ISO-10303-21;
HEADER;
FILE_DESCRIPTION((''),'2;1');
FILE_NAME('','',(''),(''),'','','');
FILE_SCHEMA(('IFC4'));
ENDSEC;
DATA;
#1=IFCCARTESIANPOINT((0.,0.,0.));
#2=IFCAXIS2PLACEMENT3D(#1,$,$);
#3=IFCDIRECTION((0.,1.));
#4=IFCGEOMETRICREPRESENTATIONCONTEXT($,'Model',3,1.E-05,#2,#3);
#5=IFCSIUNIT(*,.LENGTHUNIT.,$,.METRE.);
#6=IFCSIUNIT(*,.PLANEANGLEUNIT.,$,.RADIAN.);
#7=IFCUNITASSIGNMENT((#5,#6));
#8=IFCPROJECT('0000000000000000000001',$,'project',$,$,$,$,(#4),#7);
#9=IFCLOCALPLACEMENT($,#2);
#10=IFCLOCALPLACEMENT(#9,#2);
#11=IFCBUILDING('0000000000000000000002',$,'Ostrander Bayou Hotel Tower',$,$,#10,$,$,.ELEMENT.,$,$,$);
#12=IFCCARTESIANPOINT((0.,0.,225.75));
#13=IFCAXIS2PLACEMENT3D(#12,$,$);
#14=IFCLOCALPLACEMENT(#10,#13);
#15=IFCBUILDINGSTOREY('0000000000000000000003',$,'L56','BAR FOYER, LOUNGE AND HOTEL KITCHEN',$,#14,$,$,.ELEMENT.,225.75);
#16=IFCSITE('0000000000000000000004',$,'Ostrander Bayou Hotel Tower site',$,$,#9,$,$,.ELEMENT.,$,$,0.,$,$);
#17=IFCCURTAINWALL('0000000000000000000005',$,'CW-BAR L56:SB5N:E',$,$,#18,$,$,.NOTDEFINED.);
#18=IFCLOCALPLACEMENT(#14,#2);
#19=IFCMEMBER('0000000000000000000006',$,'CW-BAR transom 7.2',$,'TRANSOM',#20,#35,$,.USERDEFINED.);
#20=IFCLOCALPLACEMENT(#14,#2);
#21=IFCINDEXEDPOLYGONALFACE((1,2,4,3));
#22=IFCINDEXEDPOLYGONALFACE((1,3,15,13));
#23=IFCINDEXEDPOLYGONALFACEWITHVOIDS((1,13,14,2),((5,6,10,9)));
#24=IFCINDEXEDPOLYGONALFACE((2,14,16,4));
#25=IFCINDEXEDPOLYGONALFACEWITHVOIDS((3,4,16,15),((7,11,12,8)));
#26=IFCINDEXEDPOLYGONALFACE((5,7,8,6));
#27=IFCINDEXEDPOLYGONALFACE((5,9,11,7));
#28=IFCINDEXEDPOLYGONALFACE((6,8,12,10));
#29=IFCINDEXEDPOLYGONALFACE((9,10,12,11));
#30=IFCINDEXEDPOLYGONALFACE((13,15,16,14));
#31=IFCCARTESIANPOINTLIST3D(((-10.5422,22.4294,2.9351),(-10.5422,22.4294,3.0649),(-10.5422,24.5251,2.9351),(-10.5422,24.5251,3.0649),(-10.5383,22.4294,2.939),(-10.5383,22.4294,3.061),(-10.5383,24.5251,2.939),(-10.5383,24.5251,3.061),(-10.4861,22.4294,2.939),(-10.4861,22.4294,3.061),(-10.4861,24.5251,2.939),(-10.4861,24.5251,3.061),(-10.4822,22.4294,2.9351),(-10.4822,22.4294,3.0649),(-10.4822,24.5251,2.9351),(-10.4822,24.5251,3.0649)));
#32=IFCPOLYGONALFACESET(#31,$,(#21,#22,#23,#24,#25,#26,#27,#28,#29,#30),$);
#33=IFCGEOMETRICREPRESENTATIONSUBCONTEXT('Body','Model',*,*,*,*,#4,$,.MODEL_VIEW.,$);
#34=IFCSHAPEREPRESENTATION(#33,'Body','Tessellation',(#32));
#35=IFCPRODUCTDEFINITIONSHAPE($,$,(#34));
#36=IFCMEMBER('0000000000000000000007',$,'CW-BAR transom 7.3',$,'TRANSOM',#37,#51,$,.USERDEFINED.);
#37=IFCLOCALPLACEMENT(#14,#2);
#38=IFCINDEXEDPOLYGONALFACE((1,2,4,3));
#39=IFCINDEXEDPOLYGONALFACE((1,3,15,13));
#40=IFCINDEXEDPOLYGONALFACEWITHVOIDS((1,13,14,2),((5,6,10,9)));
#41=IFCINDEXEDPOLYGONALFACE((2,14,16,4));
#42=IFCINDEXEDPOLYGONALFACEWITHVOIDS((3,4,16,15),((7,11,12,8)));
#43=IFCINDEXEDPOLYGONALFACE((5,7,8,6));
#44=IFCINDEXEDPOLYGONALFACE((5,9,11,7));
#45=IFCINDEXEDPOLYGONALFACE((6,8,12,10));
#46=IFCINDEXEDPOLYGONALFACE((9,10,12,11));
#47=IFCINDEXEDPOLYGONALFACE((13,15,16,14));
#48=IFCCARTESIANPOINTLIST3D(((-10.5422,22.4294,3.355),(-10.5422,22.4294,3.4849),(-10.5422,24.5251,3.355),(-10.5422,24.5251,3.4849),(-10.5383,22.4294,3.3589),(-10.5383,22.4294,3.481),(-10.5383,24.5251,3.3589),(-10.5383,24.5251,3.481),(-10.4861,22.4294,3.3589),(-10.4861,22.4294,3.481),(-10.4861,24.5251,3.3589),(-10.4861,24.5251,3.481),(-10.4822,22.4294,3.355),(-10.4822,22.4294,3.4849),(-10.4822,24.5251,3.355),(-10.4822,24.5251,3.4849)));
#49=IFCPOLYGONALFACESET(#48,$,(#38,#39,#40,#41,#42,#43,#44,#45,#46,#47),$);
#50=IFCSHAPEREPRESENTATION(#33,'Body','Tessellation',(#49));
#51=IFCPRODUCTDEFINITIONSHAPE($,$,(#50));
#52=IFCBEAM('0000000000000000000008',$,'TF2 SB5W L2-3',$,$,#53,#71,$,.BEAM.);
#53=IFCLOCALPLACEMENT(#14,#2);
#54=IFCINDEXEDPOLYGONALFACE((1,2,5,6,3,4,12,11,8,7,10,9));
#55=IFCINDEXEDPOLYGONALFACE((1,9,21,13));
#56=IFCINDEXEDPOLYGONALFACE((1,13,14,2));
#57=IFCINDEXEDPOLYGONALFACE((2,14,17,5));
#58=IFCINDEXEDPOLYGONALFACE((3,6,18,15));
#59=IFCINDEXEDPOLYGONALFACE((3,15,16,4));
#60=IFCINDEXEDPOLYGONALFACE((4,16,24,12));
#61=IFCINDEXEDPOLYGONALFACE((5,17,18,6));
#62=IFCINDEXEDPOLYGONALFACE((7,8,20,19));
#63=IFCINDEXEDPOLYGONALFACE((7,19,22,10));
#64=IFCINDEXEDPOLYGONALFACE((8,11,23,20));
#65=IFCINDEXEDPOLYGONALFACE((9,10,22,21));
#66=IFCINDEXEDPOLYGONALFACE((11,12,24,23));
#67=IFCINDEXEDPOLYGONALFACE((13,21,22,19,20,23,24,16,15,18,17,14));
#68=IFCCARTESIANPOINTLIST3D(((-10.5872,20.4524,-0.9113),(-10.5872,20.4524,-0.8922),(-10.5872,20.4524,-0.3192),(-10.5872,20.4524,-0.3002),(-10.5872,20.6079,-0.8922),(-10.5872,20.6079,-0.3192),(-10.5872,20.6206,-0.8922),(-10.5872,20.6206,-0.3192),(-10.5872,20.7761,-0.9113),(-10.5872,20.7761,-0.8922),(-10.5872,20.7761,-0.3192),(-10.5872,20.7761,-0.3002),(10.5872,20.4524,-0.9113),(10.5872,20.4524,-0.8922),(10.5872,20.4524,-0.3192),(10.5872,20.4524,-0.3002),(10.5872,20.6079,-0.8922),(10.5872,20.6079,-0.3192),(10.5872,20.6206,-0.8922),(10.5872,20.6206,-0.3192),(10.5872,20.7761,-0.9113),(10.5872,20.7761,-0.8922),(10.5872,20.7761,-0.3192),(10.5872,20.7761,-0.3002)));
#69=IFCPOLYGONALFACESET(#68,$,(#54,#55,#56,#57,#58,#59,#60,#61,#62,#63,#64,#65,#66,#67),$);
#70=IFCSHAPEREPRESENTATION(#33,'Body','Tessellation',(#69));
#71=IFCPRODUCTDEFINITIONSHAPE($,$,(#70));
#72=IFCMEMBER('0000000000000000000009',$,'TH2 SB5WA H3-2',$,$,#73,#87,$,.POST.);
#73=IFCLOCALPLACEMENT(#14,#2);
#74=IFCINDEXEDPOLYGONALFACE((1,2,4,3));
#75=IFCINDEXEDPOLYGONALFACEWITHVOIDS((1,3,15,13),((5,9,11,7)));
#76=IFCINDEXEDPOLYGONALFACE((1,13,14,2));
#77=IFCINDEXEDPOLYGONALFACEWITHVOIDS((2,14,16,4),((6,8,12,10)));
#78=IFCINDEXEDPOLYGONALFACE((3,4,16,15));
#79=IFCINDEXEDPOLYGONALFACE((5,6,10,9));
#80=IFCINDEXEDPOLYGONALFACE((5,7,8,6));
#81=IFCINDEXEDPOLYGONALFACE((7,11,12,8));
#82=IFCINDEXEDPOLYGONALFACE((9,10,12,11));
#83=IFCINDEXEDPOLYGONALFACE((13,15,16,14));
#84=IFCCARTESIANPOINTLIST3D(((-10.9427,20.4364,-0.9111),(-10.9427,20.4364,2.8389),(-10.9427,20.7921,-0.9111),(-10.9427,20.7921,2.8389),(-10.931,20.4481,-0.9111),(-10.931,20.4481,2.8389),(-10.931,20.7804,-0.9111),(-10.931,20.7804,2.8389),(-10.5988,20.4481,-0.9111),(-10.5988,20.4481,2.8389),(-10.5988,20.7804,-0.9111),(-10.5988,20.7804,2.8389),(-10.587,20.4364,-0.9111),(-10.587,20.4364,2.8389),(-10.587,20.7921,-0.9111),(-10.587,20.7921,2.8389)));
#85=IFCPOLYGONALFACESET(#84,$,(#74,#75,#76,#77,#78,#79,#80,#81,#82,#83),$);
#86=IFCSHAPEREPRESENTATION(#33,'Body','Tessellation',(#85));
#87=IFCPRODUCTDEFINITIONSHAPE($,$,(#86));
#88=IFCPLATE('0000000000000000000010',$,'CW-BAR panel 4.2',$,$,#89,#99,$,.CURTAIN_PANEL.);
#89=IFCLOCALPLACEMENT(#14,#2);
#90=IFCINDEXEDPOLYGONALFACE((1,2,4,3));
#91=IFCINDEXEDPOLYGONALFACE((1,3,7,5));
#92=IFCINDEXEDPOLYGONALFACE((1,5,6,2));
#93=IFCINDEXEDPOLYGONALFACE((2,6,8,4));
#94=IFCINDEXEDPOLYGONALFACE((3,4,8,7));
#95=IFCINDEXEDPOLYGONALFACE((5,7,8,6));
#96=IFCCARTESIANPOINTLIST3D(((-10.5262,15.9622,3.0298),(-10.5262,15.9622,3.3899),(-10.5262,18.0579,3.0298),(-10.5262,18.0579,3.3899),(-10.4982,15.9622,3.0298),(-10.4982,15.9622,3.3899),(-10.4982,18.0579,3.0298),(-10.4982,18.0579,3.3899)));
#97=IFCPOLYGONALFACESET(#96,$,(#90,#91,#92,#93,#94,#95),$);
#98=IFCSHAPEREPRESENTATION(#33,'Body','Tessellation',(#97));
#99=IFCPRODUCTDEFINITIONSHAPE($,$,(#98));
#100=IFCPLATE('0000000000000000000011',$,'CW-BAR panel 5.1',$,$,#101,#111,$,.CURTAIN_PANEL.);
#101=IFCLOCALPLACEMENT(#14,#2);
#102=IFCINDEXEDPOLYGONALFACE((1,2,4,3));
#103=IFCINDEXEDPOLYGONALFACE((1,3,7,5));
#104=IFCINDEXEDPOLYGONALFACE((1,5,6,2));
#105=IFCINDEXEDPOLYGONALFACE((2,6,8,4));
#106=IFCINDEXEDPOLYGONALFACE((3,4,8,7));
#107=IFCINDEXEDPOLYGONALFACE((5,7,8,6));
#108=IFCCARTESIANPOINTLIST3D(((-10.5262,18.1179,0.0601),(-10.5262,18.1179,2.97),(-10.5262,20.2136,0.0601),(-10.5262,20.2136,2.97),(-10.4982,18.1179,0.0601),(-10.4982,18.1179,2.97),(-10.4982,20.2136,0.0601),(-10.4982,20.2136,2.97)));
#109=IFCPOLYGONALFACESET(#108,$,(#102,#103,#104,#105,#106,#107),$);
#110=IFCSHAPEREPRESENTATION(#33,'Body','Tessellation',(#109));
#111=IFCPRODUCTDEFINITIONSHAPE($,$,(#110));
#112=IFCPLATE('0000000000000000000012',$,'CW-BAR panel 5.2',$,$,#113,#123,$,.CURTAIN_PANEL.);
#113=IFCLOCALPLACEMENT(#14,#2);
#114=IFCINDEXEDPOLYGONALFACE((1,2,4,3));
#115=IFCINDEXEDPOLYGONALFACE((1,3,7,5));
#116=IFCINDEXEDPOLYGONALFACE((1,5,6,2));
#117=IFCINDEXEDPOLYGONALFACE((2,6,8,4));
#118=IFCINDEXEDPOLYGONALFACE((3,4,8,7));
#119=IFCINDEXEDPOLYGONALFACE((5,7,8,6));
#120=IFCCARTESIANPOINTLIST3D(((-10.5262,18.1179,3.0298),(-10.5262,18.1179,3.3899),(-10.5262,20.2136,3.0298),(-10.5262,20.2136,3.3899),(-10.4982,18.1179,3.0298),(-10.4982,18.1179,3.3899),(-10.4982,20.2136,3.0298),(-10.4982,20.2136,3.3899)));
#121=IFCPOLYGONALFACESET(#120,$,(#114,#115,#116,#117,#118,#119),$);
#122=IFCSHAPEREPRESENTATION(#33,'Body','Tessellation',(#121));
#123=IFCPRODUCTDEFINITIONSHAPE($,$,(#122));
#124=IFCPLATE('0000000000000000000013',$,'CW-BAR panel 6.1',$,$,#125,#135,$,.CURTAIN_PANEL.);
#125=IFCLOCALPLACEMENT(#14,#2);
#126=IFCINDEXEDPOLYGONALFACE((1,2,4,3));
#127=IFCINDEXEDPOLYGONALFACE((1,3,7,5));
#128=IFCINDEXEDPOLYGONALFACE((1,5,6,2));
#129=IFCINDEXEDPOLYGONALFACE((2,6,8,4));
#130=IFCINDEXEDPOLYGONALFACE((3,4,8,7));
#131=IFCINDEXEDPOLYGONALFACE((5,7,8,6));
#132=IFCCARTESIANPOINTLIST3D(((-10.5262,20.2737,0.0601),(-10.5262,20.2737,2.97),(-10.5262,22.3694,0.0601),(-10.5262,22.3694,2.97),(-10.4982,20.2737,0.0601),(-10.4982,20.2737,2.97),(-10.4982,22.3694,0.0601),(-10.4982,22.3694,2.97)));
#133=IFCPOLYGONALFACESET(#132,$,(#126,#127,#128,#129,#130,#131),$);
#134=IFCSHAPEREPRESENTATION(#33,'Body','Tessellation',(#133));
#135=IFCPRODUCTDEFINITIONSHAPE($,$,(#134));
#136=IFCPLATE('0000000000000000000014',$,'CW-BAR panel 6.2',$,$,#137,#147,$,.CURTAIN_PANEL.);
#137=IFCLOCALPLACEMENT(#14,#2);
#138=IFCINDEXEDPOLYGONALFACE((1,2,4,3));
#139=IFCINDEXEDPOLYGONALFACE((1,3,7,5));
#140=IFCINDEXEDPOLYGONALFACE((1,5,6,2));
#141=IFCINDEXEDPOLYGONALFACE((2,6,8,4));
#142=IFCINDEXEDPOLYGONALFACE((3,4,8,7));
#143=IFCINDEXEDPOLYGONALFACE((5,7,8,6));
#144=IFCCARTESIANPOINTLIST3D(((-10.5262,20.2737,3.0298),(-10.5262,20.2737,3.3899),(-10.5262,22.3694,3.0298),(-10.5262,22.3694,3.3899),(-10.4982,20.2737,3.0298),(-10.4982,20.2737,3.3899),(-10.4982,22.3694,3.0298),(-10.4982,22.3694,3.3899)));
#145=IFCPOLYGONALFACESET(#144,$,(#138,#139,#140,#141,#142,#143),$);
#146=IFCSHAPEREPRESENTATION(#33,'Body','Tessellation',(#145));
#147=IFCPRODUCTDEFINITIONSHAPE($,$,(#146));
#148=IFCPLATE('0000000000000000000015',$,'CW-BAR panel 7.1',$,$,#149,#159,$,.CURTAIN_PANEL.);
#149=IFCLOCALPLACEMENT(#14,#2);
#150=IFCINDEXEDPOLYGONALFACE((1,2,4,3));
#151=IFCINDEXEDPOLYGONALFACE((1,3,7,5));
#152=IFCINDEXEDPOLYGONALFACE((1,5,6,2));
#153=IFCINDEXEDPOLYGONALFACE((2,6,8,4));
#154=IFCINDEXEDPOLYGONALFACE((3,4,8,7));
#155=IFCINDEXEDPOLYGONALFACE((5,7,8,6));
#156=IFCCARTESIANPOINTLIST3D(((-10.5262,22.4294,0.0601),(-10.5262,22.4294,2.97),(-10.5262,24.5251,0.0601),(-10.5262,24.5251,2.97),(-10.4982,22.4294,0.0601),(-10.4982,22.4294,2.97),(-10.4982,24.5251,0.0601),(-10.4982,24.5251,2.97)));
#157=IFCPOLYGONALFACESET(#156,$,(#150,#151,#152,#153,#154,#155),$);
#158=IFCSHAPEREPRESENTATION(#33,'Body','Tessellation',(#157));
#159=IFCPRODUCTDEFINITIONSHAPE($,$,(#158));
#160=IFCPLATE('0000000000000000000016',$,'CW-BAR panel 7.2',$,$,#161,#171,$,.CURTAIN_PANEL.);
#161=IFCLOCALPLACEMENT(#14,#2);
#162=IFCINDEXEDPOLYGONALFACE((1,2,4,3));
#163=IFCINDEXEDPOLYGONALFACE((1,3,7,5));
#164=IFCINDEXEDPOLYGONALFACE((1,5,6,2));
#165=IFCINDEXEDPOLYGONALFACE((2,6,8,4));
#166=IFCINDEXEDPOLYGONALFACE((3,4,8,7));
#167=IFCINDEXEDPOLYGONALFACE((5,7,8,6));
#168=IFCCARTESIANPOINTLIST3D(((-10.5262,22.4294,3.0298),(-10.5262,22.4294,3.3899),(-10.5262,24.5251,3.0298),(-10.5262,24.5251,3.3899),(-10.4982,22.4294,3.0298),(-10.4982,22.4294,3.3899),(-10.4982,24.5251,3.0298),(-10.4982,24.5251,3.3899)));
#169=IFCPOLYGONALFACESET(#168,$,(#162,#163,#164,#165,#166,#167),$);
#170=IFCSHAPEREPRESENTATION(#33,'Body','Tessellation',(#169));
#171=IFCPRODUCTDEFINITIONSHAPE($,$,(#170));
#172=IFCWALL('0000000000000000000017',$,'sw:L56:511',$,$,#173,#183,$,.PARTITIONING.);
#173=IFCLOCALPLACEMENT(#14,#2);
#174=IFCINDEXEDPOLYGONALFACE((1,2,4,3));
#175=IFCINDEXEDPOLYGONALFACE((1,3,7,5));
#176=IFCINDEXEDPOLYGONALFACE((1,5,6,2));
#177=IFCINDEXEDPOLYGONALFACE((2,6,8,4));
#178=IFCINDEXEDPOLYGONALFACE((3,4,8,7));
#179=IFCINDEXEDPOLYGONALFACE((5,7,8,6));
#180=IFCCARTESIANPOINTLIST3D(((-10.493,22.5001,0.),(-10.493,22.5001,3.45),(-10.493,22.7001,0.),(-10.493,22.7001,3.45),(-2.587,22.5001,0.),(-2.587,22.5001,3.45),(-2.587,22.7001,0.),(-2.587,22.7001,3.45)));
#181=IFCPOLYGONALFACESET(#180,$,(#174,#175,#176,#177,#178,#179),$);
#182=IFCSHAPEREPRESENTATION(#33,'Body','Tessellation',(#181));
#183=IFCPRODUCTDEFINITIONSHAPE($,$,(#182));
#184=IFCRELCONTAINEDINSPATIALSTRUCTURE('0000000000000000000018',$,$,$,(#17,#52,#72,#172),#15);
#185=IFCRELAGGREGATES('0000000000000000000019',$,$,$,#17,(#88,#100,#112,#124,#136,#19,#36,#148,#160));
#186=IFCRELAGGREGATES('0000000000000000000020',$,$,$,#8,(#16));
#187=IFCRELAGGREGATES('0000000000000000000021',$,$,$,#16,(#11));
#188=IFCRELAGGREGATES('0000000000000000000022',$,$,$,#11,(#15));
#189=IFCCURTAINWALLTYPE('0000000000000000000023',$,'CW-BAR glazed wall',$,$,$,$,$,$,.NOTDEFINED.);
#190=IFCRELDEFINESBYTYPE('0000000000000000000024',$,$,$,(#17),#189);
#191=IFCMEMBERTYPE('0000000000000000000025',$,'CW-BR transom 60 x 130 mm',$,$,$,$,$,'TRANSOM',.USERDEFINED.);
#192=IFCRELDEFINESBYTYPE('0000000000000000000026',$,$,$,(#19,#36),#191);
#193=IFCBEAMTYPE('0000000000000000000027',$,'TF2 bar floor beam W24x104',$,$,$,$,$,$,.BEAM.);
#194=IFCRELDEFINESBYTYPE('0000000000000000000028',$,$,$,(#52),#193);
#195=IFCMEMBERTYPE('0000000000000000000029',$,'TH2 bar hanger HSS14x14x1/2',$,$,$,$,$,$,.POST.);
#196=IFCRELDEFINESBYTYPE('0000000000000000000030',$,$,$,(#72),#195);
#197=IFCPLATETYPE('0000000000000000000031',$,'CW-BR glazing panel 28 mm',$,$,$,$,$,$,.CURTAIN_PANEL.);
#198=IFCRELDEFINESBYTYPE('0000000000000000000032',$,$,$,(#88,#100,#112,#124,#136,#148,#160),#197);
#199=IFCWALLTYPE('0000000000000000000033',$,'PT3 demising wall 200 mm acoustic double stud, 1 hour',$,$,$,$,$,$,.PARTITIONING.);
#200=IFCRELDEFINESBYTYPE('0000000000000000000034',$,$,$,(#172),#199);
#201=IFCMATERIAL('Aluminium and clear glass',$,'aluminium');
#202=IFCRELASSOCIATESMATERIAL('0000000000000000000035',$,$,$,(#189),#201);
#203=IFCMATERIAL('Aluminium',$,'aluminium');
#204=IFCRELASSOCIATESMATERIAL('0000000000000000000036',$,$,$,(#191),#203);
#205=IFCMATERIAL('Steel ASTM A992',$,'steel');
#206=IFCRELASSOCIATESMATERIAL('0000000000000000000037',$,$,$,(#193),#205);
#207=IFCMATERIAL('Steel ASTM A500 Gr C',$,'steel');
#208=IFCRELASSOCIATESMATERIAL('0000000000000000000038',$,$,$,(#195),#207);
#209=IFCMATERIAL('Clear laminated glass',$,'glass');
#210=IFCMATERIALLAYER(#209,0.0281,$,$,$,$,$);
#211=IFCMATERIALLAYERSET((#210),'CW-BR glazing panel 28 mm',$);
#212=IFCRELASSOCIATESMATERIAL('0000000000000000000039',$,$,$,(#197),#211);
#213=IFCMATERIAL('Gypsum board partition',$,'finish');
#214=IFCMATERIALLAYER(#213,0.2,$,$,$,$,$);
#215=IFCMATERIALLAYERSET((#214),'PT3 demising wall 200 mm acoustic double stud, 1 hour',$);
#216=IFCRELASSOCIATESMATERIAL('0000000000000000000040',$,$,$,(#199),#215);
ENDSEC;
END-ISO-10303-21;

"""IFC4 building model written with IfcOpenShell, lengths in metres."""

from ifc_helpers import new_model, si_unit, direction, frame, frame_2d, origin, origin_2d, place, context, subcontext, project, spatial, rectangle, hollow_rectangle, i_section, extrude, material, layer, layer_set, material_profile, profile_set, type_object, element, aggregate, save


model = new_model("IFC4")

# Units and contexts
model_context = context("Model", 3, precision=1e-05, world=origin(), true_north=direction((0.0, 1.0)))
body_context = subcontext(model_context, "Body", "Model", "MODEL_VIEW")
ifc_project = project(units=[si_unit("LENGTHUNIT", "METRE"), si_unit("PLANEANGLEUNIT", "RADIAN")], contexts=[model_context])

# Site, building, storey
site_placement = place(None, origin())
site = spatial("IfcSite", under=ifc_project, at=site_placement, Name="Ostrander Bayou Hotel Tower site", CompositionType="ELEMENT", RefElevation=0.0)
building_placement = place(site_placement, origin())
building = spatial("IfcBuilding", under=site, at=building_placement, Name="Ostrander Bayou Hotel Tower", CompositionType="ELEMENT")
storey_placement = place(building_placement, frame((0.0, 0.0, 225.75)))
storey = spatial("IfcBuildingStorey", under=building, at=storey_placement, Name="L56", Description="BAR FOYER, LOUNGE AND HOTEL KITCHEN", CompositionType="ELEMENT", Elevation=225.75)

# Curtain wall, members
ifc_material_1 = material(Name="Aluminium and clear glass", Category="aluminium")
curtain_wall_type = type_object("IfcCurtainWallType", Name="CW-BAR glazed wall", PredefinedType="NOTDEFINED", material=ifc_material_1)
curtain_wall_placement = place(storey_placement, origin())
curtain_wall = element("IfcCurtainWall", 1, at=curtain_wall_placement, inside=storey, type_object=curtain_wall_type, Name="CW-BAR L56:SB5N:E", PredefinedType="NOTDEFINED")
ifc_material_2 = material(Name="Aluminium", Category="aluminium")
ifc_material_profile_1 = material_profile(ifc_material_2, hollow_rectangle(XDim=0.0601, YDim=0.1299, WallThickness=0.0039, at=origin_2d()))
ifc_profile_set_1 = profile_set([ifc_material_profile_1], Name="Aluminium")
member_type_1 = type_object("IfcMemberType", Name="CW-BR transom 60 x 130 mm", ElementType="TRANSOM", PredefinedType="USERDEFINED", material=ifc_profile_set_1)
member_1_placement = place(storey_placement, frame((-10.5122, 22.4294, 3.0), z_axis=(0.0, 1.0, 0.0), x_axis=(-1.0, 0.0, 0.0)))
member_1 = element("IfcMember", 2, at=member_1_placement, type_object=member_type_1, Name="CW-BAR transom 7.2", ObjectType="TRANSOM", PredefinedType="USERDEFINED", context=body_context, shape_type="SweptSolid", body=[
    extrude(hollow_rectangle(XDim=0.0601, YDim=0.1299, WallThickness=0.0039, at=origin_2d()), origin(), (0.0, 0.0, 1.0), 2.0957),
])
member_2_placement = place(storey_placement, frame((-10.5122, 22.4294, 3.4199), z_axis=(0.0, 1.0, 0.0), x_axis=(-1.0, 0.0, 0.0)))
member_2 = element("IfcMember", 3, at=member_2_placement, type_object=member_type_1, Name="CW-BAR transom 7.3", ObjectType="TRANSOM", PredefinedType="USERDEFINED", context=body_context, shape_type="SweptSolid", body=[
    extrude(hollow_rectangle(XDim=0.0601, YDim=0.1299, WallThickness=0.0039, at=origin_2d()), origin(), (0.0, 0.0, 1.0), 2.0957),
])

# Beam
ifc_material_3 = material(Name="Steel ASTM A992", Category="steel")
ifc_material_profile_2 = material_profile(ifc_material_3, i_section(OverallWidth=0.3237, OverallDepth=0.6111, WebThickness=0.0127, FlangeThickness=0.019, at=origin_2d()))
ifc_profile_set_2 = profile_set([ifc_material_profile_2], Name="Steel ASTM A992")
beam_type = type_object("IfcBeamType", Name="TF2 bar floor beam W24x104", PredefinedType="BEAM", material=ifc_profile_set_2)
beam_placement = place(storey_placement, frame((-10.5872, 20.6143, -0.6057), z_axis=(1.0, 0.0, 0.0), x_axis=(0.0, 1.0, 0.0)))
element("IfcBeam", 4, at=beam_placement, inside=storey, type_object=beam_type, Name="TF2 SB5W L2-3", PredefinedType="BEAM", context=body_context, shape_type="SweptSolid", body=[
    extrude(i_section(OverallWidth=0.3237, OverallDepth=0.6111, WebThickness=0.0127, FlangeThickness=0.019, at=origin_2d()), origin(), (0.0, 0.0, 1.0), 21.1743),
])

# Member
ifc_material_4 = material(Name="Steel ASTM A500 Gr C", Category="steel")
ifc_material_profile_3 = material_profile(ifc_material_4, hollow_rectangle(XDim=0.3557, YDim=0.3557, WallThickness=0.0117, at=origin_2d()))
ifc_profile_set_3 = profile_set([ifc_material_profile_3], Name="Steel ASTM A500 Gr C")
member_type_2 = type_object("IfcMemberType", Name="TH2 bar hanger HSS14x14x1/2", PredefinedType="POST", material=ifc_profile_set_3)
member_3_placement = place(storey_placement, frame((-10.7649, 20.6143, -0.9111), z_axis=(0.0, 0.0, 1.0), x_axis=(1.0, 0.0, 0.0)))
element("IfcMember", 5, at=member_3_placement, inside=storey, type_object=member_type_2, Name="TH2 SB5WA H3-2", PredefinedType="POST", context=body_context, shape_type="SweptSolid", body=[
    extrude(hollow_rectangle(XDim=0.3557, YDim=0.3557, WallThickness=0.0117, at=origin_2d()), origin(), (0.0, 0.0, 1.0), 3.75),
])

# Plates
ifc_material_5 = material(Name="Clear laminated glass", Category="glass")
ifc_layer_1 = layer(ifc_material_5, 0.0281)
ifc_layer_set_1 = layer_set([ifc_layer_1], Name="CW-BR glazing panel 28 mm")
plate_type = type_object("IfcPlateType", Name="CW-BR glazing panel 28 mm", PredefinedType="CURTAIN_PANEL", material=ifc_layer_set_1)
plate_1_placement = place(storey_placement, frame((-10.5122, 17.01, 3.0298), z_axis=(0.0, 0.0, 1.0), x_axis=(0.0, 1.0, 0.0)))
plate_1 = element("IfcPlate", 6, at=plate_1_placement, type_object=plate_type, Name="CW-BAR panel 4.2", PredefinedType="CURTAIN_PANEL", context=body_context, shape_type="SweptSolid", body=[
    extrude(rectangle(XDim=2.0957, YDim=0.0281, at=origin_2d()), origin(), (0.0, 0.0, 1.0), 0.3601),
])
plate_2_placement = place(storey_placement, frame((-10.5122, 19.1658, 0.0601), z_axis=(0.0, 0.0, 1.0), x_axis=(0.0, 1.0, 0.0)))
plate_2 = element("IfcPlate", 7, at=plate_2_placement, type_object=plate_type, Name="CW-BAR panel 5.1", PredefinedType="CURTAIN_PANEL", context=body_context, shape_type="SweptSolid", body=[
    extrude(rectangle(XDim=2.0957, YDim=0.0281, at=origin_2d()), origin(), (0.0, 0.0, 1.0), 2.9099),
])
plate_3_placement = place(storey_placement, frame((-10.5122, 19.1658, 3.0298), z_axis=(0.0, 0.0, 1.0), x_axis=(0.0, 1.0, 0.0)))
plate_3 = element("IfcPlate", 8, at=plate_3_placement, type_object=plate_type, Name="CW-BAR panel 5.2", PredefinedType="CURTAIN_PANEL", context=body_context, shape_type="SweptSolid", body=[
    extrude(rectangle(XDim=2.0957, YDim=0.0281, at=origin_2d()), origin(), (0.0, 0.0, 1.0), 0.3601),
])
plate_4_placement = place(storey_placement, frame((-10.5122, 21.3215, 0.0601), z_axis=(0.0, 0.0, 1.0), x_axis=(0.0, 1.0, 0.0)))
plate_4 = element("IfcPlate", 9, at=plate_4_placement, type_object=plate_type, Name="CW-BAR panel 6.1", PredefinedType="CURTAIN_PANEL", context=body_context, shape_type="SweptSolid", body=[
    extrude(rectangle(XDim=2.0957, YDim=0.0281, at=origin_2d()), origin(), (0.0, 0.0, 1.0), 2.9099),
])
plate_5_placement = place(storey_placement, frame((-10.5122, 21.3215, 3.0298), z_axis=(0.0, 0.0, 1.0), x_axis=(0.0, 1.0, 0.0)))
plate_5 = element("IfcPlate", 10, at=plate_5_placement, type_object=plate_type, Name="CW-BAR panel 6.2", PredefinedType="CURTAIN_PANEL", context=body_context, shape_type="SweptSolid", body=[
    extrude(rectangle(XDim=2.0957, YDim=0.0281, at=origin_2d()), origin(), (0.0, 0.0, 1.0), 0.3601),
])
plate_6_placement = place(storey_placement, frame((-10.5122, 23.4773, 0.0601), z_axis=(0.0, 0.0, 1.0), x_axis=(0.0, 1.0, 0.0)))
plate_6 = element("IfcPlate", 11, at=plate_6_placement, type_object=plate_type, Name="CW-BAR panel 7.1", PredefinedType="CURTAIN_PANEL", context=body_context, shape_type="SweptSolid", body=[
    extrude(rectangle(XDim=2.0957, YDim=0.0281, at=origin_2d()), origin(), (0.0, 0.0, 1.0), 2.9099),
])
plate_7_placement = place(storey_placement, frame((-10.5122, 23.4773, 3.0298), z_axis=(0.0, 0.0, 1.0), x_axis=(0.0, 1.0, 0.0)))
plate_7 = element("IfcPlate", 12, at=plate_7_placement, type_object=plate_type, Name="CW-BAR panel 7.2", PredefinedType="CURTAIN_PANEL", context=body_context, shape_type="SweptSolid", body=[
    extrude(rectangle(XDim=2.0957, YDim=0.0281, at=origin_2d()), origin(), (0.0, 0.0, 1.0), 0.3601),
])
aggregate(curtain_wall, [plate_1, plate_2, plate_3, plate_4, plate_5, member_1, member_2, plate_6, plate_7])

# Wall
ifc_material_6 = material(Name="Gypsum board partition", Category="finish")
ifc_layer_2 = layer(ifc_material_6, 0.2)
ifc_layer_set_2 = layer_set([ifc_layer_2], Name="PT3 demising wall 200 mm acoustic double stud, 1 hour")
wall_type = type_object("IfcWallType", Name="PT3 demising wall 200 mm acoustic double stud, 1 hour", PredefinedType="PARTITIONING", material=ifc_layer_set_2)
wall_placement = place(storey_placement, frame((-10.4932, 22.6001, 0.0), z_axis=(0.0, 0.0, 1.0), x_axis=(1.0, 0.0, 0.0)))
element("IfcWall", 13, at=wall_placement, inside=storey, type_object=wall_type, Name="sw:L56:511", PredefinedType="PARTITIONING", context=body_context, shape_type="SweptSolid", body=[
    extrude(rectangle(XDim=7.906, YDim=0.2, at=frame_2d((3.9531, 0.0))), origin(), (0.0, 0.0, 1.0), 3.45),
])

save(model, "model.ifc")
